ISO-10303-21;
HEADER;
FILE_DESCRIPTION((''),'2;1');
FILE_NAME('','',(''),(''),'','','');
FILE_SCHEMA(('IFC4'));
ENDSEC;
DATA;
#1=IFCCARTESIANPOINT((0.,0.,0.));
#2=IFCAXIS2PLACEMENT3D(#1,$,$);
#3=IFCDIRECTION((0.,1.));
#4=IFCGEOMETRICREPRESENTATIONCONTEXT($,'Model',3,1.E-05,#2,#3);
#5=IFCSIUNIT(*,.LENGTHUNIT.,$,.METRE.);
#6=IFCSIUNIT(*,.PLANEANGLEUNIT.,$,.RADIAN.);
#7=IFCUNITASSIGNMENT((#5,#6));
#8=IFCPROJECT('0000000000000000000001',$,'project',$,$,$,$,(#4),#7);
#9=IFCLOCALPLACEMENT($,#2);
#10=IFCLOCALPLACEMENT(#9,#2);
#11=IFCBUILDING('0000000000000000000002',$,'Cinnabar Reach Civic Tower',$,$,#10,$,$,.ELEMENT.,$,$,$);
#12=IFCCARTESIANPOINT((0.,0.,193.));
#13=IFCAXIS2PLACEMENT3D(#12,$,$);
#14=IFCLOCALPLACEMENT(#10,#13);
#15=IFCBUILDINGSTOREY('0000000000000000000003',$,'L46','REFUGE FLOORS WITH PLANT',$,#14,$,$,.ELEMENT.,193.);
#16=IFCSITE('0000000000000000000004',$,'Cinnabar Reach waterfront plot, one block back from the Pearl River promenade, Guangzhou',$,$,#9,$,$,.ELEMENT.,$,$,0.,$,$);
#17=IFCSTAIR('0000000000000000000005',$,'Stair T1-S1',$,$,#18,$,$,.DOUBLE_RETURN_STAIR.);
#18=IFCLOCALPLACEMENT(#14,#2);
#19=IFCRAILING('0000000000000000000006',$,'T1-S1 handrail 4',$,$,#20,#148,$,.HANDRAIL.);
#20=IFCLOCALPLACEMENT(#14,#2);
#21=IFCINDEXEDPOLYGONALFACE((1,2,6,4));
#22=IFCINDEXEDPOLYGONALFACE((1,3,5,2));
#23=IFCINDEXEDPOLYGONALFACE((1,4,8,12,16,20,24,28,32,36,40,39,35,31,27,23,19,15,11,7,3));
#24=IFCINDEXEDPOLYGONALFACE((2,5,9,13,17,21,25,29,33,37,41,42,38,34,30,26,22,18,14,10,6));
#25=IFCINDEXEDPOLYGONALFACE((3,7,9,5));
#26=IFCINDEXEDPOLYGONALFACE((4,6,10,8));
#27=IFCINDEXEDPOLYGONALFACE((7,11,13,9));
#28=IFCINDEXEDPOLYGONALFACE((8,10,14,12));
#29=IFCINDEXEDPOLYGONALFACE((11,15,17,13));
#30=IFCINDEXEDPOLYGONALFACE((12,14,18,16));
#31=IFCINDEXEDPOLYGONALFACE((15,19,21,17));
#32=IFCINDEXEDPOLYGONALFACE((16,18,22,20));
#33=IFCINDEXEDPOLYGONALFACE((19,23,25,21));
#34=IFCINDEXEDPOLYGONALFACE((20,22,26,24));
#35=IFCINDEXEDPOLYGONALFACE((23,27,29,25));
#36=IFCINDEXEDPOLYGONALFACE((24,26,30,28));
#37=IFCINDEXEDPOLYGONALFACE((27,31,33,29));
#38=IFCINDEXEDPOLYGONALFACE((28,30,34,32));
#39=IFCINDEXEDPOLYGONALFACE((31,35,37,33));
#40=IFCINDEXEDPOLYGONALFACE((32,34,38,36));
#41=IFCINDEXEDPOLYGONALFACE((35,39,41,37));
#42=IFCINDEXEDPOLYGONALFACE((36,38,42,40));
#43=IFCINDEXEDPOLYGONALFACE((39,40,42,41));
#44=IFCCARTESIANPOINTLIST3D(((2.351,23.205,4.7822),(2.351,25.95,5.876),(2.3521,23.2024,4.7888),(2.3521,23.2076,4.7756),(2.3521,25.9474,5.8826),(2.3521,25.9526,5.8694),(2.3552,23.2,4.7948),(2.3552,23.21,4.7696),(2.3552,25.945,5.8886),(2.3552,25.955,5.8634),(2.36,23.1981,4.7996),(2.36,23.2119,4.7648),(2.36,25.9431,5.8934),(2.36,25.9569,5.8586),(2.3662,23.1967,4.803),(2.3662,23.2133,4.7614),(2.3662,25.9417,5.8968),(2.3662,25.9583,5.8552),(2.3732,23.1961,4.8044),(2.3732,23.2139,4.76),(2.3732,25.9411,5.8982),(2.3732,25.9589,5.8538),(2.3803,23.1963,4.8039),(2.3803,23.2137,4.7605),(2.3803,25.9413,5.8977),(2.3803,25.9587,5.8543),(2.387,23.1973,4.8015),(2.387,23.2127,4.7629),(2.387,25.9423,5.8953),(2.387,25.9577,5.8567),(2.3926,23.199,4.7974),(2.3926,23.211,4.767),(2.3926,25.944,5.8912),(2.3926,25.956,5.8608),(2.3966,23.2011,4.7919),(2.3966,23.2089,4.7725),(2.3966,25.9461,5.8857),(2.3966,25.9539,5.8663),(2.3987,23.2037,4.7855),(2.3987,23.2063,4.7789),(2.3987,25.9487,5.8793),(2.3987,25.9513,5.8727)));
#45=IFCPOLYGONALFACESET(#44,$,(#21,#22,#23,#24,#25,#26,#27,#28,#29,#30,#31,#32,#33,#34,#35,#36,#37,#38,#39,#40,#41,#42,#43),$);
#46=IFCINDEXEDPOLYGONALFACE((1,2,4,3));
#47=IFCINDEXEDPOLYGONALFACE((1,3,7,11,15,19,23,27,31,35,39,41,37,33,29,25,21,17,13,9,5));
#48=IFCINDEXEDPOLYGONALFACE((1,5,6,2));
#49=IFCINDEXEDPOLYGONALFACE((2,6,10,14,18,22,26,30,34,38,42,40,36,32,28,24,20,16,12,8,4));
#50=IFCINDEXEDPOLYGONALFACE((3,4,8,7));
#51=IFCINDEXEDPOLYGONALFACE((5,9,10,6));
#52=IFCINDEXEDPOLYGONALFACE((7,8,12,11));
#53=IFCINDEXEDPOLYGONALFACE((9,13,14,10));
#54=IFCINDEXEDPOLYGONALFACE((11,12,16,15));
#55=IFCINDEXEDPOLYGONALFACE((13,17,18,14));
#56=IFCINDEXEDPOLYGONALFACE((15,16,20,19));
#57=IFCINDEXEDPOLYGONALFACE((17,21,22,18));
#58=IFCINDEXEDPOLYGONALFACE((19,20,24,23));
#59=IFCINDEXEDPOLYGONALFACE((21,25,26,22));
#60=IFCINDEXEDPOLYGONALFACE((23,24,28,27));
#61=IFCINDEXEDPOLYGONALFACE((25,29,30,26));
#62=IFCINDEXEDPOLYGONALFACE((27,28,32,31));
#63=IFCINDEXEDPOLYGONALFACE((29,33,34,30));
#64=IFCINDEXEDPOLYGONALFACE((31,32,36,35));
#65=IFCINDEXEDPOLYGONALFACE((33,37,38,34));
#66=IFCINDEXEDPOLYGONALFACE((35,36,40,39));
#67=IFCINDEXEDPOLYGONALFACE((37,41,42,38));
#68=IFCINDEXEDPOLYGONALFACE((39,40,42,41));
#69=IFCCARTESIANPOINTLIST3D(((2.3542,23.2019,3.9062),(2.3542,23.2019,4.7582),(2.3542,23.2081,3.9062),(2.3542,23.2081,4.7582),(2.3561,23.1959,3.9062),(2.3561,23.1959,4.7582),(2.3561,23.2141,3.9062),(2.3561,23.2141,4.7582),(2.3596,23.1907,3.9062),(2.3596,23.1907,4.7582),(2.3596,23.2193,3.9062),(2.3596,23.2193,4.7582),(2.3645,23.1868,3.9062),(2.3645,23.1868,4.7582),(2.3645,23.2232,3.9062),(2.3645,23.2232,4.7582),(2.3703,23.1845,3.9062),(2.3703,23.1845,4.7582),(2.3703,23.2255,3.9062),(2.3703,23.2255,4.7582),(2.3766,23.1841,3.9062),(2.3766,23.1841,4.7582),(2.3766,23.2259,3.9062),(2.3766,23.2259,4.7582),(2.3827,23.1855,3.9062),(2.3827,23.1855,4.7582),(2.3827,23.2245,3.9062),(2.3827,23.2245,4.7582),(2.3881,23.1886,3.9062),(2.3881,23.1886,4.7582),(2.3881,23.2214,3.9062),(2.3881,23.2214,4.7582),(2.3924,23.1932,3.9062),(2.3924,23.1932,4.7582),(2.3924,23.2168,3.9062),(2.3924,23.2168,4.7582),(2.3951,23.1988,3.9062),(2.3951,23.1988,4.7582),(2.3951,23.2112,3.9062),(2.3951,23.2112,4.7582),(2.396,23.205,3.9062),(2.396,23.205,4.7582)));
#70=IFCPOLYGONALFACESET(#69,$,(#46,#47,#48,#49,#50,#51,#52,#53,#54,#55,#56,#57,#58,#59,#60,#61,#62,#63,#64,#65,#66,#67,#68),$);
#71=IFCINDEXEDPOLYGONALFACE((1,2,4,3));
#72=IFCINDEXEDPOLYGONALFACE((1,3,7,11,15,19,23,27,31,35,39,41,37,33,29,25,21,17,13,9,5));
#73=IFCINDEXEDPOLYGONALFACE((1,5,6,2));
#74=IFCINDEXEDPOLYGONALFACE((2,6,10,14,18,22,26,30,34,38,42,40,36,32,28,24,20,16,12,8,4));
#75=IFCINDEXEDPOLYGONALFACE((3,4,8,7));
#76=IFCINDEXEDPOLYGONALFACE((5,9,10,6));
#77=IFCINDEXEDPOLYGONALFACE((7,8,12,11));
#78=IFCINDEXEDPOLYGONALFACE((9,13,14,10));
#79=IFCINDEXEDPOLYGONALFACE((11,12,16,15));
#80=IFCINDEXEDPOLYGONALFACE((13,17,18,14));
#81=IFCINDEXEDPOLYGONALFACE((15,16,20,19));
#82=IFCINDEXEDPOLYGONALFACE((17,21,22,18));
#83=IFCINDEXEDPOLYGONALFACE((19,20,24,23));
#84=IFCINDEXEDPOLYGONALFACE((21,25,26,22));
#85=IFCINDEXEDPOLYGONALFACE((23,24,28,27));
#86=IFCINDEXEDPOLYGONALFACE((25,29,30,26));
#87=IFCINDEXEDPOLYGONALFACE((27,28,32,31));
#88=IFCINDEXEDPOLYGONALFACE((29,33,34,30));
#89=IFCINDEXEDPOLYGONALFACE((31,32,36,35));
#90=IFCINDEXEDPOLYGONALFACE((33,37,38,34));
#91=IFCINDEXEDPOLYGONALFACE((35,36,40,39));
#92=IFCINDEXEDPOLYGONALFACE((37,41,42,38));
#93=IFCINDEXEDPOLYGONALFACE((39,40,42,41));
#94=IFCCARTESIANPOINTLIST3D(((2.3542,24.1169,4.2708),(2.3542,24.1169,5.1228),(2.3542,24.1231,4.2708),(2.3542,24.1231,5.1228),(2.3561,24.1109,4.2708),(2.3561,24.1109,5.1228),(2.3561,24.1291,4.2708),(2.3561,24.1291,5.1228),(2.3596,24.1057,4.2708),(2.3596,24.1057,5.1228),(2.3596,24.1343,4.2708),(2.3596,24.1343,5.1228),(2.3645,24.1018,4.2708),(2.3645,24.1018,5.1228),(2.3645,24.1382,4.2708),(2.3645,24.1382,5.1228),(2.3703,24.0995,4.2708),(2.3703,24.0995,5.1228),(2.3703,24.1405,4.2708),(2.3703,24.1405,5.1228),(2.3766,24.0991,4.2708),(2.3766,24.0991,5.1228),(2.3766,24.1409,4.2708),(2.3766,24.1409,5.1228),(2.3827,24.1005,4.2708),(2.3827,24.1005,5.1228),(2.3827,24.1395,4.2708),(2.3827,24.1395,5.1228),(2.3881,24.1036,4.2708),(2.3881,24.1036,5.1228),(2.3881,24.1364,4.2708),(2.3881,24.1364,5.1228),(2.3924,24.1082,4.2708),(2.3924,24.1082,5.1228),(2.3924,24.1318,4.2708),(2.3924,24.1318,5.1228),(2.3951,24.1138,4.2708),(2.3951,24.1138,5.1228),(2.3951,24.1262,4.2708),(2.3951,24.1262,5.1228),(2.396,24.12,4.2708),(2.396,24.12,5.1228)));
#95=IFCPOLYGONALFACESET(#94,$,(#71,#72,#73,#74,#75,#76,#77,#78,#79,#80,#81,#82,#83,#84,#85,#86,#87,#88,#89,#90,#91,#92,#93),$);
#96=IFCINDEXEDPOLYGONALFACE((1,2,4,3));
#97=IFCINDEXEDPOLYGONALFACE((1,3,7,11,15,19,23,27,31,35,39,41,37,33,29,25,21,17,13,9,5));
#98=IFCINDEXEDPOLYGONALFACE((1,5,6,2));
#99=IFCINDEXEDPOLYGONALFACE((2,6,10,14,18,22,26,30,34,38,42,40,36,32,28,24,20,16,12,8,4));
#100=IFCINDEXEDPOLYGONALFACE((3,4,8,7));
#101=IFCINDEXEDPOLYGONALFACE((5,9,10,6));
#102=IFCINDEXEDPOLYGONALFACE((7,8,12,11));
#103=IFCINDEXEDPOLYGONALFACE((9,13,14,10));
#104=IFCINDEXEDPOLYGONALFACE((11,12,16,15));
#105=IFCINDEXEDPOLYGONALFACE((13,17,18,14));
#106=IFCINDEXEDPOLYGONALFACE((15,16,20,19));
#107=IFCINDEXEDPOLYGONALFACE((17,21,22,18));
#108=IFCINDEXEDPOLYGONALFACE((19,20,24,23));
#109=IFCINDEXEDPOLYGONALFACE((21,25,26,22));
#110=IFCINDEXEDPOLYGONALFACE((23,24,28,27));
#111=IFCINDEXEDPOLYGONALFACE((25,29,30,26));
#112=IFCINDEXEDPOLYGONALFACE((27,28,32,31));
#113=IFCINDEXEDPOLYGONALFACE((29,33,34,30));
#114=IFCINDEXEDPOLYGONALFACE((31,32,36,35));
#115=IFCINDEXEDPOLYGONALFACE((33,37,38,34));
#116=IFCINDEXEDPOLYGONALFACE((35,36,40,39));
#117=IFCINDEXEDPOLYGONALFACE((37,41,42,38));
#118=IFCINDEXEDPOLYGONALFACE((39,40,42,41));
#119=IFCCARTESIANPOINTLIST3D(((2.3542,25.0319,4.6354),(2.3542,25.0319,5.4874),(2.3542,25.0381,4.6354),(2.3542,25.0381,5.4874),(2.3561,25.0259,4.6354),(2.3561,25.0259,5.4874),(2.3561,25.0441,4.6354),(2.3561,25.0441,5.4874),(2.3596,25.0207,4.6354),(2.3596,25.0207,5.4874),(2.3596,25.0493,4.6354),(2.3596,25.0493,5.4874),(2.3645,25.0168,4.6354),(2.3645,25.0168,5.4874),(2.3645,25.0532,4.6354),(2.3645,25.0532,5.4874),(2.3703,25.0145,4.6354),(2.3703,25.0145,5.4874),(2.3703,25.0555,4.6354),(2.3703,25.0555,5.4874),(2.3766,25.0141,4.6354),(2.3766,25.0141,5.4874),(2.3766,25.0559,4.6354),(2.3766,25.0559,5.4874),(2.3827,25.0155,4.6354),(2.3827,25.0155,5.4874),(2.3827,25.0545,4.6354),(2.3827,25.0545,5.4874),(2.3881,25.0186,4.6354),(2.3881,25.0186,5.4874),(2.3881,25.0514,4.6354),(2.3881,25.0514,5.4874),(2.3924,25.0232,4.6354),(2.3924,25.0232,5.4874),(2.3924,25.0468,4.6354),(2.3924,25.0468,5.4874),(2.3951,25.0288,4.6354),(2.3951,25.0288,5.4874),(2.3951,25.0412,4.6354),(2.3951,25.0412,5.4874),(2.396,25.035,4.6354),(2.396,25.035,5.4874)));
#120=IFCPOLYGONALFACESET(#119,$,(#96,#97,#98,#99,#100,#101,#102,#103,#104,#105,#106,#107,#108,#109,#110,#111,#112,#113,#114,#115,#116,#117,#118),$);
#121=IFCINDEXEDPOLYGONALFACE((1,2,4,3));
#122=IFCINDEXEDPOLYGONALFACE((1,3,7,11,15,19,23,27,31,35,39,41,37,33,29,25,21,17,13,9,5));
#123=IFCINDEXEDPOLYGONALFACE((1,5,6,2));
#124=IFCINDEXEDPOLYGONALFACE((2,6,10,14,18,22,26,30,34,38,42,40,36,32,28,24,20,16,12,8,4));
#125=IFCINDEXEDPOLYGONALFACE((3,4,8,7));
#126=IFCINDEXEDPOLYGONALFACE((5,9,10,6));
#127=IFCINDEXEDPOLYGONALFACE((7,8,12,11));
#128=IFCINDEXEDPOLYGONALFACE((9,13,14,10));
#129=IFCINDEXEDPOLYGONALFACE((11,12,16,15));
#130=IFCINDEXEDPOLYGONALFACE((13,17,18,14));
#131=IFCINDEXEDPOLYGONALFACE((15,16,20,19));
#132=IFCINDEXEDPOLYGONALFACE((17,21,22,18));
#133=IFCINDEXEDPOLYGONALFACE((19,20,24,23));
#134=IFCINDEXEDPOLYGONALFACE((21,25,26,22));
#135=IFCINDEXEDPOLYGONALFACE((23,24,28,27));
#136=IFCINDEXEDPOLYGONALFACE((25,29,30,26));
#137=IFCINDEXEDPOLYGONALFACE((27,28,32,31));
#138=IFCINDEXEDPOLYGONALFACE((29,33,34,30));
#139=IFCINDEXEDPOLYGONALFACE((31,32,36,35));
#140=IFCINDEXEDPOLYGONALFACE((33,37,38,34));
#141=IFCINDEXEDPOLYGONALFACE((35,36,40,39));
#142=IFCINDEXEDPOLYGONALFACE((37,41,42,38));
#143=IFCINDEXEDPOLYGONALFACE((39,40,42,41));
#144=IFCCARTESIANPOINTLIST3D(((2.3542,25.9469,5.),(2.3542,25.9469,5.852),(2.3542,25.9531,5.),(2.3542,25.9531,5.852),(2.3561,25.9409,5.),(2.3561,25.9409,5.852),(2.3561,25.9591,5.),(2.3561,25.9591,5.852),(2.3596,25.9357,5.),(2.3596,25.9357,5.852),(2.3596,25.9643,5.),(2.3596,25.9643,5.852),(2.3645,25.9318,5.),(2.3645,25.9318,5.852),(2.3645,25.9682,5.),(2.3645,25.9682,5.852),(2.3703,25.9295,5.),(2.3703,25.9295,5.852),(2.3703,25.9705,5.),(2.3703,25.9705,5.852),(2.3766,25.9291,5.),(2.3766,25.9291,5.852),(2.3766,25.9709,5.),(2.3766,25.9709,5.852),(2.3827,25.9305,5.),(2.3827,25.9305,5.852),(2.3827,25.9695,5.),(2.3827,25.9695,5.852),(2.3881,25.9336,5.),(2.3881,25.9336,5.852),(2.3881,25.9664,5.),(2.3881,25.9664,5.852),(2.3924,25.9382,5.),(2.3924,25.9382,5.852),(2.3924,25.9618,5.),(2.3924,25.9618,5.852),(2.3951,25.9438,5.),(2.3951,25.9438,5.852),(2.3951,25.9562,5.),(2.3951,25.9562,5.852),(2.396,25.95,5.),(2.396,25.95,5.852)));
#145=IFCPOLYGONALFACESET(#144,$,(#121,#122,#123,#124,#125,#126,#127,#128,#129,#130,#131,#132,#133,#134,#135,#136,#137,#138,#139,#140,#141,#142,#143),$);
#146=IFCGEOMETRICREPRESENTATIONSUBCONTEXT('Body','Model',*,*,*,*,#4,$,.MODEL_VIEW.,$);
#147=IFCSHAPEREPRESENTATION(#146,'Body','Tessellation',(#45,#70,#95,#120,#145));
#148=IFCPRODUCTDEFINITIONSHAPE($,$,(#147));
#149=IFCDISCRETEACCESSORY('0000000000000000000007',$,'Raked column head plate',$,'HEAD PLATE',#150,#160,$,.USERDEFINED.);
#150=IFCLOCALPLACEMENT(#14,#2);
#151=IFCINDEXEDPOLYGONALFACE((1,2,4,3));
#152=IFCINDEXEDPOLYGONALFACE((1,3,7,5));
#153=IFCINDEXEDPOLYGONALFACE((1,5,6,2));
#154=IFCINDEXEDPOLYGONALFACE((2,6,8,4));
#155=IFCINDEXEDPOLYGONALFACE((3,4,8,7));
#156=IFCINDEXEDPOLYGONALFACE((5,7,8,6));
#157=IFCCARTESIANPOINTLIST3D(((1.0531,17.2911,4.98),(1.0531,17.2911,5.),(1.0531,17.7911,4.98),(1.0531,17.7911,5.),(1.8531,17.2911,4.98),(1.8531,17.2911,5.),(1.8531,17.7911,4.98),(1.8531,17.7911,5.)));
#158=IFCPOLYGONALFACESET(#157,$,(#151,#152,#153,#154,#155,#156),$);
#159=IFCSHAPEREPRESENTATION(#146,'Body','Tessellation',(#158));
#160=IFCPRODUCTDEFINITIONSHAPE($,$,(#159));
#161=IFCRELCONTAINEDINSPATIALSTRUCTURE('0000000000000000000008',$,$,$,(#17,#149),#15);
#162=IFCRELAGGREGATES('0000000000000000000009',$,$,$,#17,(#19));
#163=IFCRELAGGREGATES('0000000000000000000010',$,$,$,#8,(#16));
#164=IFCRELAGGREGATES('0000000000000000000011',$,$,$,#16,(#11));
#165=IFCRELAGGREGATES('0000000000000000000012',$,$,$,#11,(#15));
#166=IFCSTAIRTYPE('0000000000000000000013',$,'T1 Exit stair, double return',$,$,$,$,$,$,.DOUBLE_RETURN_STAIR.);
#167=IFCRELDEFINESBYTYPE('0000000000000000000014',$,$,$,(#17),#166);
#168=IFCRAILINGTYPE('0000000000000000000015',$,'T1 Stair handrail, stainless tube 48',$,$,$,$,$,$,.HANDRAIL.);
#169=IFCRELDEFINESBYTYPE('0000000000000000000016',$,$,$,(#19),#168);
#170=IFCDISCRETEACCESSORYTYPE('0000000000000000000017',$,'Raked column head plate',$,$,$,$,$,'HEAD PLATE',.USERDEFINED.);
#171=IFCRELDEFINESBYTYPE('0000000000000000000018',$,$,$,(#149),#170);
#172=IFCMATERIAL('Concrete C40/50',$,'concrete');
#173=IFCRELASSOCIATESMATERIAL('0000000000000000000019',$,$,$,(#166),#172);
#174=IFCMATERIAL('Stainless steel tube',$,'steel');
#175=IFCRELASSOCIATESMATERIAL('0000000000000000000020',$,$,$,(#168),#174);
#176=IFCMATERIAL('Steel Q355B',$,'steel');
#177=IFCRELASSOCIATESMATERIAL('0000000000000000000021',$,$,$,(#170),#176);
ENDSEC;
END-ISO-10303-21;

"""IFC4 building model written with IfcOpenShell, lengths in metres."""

from ifc_helpers import new_model, si_unit, direction, frame, origin, origin_2d, place, context, subcontext, project, spatial, rectangle, circle, extrude, material, type_object, element, aggregate, save


model = new_model("IFC4")

# Units and contexts
model_context = context("Model", 3, precision=1e-05, world=origin(), true_north=direction((0.0, 1.0)))
body_context = subcontext(model_context, "Body", "Model", "MODEL_VIEW")
ifc_project = project(units=[si_unit("LENGTHUNIT", "METRE"), si_unit("PLANEANGLEUNIT", "RADIAN")], contexts=[model_context])

# Site, building, storey
site_placement = place(None, origin())
site = spatial("IfcSite", under=ifc_project, at=site_placement, Name="Cinnabar Reach waterfront plot, one block back from the Pearl River promenade, Guangzhou", CompositionType="ELEMENT", RefElevation=0.0)
building_placement = place(site_placement, origin())
building = spatial("IfcBuilding", under=site, at=building_placement, Name="Cinnabar Reach Civic Tower", CompositionType="ELEMENT")
storey_placement = place(building_placement, frame((0.0, 0.0, 193.0)))
storey = spatial("IfcBuildingStorey", under=building, at=storey_placement, Name="L46", Description="REFUGE FLOORS WITH PLANT", CompositionType="ELEMENT", Elevation=193.0)

# Shared definitions
ifc_material_1 = material(Name="Steel Q355B", Category="steel")

# Shared definitions
ifc_material_2 = material(Name="Concrete C40/50", Category="concrete")

# Stair, railing
stair_type = type_object("IfcStairType", Name="T1 Exit stair, double return", PredefinedType="DOUBLE_RETURN_STAIR", material=ifc_material_2)
stair_placement = place(storey_placement, origin())
stair = element("IfcStair", 1, at=stair_placement, inside=storey, type_object=stair_type, Name="Stair T1-S1", PredefinedType="DOUBLE_RETURN_STAIR")
ifc_material_3 = material(Name="Stainless steel tube", Category="steel")
railing_type = type_object("IfcRailingType", Name="T1 Stair handrail, stainless tube 48", PredefinedType="HANDRAIL", material=ifc_material_3)
railing_1_placement = place(storey_placement, frame((2.375, 23.205, 3.9062)))
railing_1 = element("IfcRailing", 2, at=railing_1_placement, type_object=railing_type, Name="T1-S1 handrail 4", PredefinedType="HANDRAIL", context=body_context, shape_type="SweptSolid", body=[
    extrude(circle(Radius=0.024, at=origin_2d()), frame((0.0, 0.0, 0.876), z_axis=(0.0, 0.928966, 0.370165), x_axis=(-1.0, 0.0, 0.0)), (0.0, 0.0, 1.0), 2.9549),
    extrude(circle(Radius=0.021, at=origin_2d()), origin(), (0.0, 0.0, 1.0), 0.852),
    extrude(circle(Radius=0.021, at=origin_2d()), frame((0.0, 0.915, 0.3646)), (0.0, 0.0, 1.0), 0.852),
    extrude(circle(Radius=0.021, at=origin_2d()), frame((0.0, 1.83, 0.7292)), (0.0, 0.0, 1.0), 0.852),
    extrude(circle(Radius=0.021, at=origin_2d()), frame((0.0, 2.745, 1.0938)), (0.0, 0.0, 1.0), 0.852),
])
aggregate(stair, [railing_1])

# Discrete accessory
discrete_accessory_type = type_object("IfcDiscreteAccessoryType", Name="Raked column head plate", ElementType="HEAD PLATE", PredefinedType="USERDEFINED", material=ifc_material_1)
discrete_accessory_placement = place(storey_placement, frame((1.4531, 17.5411, 4.98), z_axis=(0.0, 0.0, 1.0), x_axis=(0.0, 1.0, 0.0)))
element("IfcDiscreteAccessory", 3, at=discrete_accessory_placement, inside=storey, type_object=discrete_accessory_type, Name="Raked column head plate", ObjectType="HEAD PLATE", PredefinedType="USERDEFINED", context=body_context, shape_type="SweptSolid", body=[
    extrude(rectangle(XDim=0.5, YDim=0.8, at=origin_2d()), origin(), (0.0, 0.0, 1.0), 0.02),
])

save(model, "model.ifc")
